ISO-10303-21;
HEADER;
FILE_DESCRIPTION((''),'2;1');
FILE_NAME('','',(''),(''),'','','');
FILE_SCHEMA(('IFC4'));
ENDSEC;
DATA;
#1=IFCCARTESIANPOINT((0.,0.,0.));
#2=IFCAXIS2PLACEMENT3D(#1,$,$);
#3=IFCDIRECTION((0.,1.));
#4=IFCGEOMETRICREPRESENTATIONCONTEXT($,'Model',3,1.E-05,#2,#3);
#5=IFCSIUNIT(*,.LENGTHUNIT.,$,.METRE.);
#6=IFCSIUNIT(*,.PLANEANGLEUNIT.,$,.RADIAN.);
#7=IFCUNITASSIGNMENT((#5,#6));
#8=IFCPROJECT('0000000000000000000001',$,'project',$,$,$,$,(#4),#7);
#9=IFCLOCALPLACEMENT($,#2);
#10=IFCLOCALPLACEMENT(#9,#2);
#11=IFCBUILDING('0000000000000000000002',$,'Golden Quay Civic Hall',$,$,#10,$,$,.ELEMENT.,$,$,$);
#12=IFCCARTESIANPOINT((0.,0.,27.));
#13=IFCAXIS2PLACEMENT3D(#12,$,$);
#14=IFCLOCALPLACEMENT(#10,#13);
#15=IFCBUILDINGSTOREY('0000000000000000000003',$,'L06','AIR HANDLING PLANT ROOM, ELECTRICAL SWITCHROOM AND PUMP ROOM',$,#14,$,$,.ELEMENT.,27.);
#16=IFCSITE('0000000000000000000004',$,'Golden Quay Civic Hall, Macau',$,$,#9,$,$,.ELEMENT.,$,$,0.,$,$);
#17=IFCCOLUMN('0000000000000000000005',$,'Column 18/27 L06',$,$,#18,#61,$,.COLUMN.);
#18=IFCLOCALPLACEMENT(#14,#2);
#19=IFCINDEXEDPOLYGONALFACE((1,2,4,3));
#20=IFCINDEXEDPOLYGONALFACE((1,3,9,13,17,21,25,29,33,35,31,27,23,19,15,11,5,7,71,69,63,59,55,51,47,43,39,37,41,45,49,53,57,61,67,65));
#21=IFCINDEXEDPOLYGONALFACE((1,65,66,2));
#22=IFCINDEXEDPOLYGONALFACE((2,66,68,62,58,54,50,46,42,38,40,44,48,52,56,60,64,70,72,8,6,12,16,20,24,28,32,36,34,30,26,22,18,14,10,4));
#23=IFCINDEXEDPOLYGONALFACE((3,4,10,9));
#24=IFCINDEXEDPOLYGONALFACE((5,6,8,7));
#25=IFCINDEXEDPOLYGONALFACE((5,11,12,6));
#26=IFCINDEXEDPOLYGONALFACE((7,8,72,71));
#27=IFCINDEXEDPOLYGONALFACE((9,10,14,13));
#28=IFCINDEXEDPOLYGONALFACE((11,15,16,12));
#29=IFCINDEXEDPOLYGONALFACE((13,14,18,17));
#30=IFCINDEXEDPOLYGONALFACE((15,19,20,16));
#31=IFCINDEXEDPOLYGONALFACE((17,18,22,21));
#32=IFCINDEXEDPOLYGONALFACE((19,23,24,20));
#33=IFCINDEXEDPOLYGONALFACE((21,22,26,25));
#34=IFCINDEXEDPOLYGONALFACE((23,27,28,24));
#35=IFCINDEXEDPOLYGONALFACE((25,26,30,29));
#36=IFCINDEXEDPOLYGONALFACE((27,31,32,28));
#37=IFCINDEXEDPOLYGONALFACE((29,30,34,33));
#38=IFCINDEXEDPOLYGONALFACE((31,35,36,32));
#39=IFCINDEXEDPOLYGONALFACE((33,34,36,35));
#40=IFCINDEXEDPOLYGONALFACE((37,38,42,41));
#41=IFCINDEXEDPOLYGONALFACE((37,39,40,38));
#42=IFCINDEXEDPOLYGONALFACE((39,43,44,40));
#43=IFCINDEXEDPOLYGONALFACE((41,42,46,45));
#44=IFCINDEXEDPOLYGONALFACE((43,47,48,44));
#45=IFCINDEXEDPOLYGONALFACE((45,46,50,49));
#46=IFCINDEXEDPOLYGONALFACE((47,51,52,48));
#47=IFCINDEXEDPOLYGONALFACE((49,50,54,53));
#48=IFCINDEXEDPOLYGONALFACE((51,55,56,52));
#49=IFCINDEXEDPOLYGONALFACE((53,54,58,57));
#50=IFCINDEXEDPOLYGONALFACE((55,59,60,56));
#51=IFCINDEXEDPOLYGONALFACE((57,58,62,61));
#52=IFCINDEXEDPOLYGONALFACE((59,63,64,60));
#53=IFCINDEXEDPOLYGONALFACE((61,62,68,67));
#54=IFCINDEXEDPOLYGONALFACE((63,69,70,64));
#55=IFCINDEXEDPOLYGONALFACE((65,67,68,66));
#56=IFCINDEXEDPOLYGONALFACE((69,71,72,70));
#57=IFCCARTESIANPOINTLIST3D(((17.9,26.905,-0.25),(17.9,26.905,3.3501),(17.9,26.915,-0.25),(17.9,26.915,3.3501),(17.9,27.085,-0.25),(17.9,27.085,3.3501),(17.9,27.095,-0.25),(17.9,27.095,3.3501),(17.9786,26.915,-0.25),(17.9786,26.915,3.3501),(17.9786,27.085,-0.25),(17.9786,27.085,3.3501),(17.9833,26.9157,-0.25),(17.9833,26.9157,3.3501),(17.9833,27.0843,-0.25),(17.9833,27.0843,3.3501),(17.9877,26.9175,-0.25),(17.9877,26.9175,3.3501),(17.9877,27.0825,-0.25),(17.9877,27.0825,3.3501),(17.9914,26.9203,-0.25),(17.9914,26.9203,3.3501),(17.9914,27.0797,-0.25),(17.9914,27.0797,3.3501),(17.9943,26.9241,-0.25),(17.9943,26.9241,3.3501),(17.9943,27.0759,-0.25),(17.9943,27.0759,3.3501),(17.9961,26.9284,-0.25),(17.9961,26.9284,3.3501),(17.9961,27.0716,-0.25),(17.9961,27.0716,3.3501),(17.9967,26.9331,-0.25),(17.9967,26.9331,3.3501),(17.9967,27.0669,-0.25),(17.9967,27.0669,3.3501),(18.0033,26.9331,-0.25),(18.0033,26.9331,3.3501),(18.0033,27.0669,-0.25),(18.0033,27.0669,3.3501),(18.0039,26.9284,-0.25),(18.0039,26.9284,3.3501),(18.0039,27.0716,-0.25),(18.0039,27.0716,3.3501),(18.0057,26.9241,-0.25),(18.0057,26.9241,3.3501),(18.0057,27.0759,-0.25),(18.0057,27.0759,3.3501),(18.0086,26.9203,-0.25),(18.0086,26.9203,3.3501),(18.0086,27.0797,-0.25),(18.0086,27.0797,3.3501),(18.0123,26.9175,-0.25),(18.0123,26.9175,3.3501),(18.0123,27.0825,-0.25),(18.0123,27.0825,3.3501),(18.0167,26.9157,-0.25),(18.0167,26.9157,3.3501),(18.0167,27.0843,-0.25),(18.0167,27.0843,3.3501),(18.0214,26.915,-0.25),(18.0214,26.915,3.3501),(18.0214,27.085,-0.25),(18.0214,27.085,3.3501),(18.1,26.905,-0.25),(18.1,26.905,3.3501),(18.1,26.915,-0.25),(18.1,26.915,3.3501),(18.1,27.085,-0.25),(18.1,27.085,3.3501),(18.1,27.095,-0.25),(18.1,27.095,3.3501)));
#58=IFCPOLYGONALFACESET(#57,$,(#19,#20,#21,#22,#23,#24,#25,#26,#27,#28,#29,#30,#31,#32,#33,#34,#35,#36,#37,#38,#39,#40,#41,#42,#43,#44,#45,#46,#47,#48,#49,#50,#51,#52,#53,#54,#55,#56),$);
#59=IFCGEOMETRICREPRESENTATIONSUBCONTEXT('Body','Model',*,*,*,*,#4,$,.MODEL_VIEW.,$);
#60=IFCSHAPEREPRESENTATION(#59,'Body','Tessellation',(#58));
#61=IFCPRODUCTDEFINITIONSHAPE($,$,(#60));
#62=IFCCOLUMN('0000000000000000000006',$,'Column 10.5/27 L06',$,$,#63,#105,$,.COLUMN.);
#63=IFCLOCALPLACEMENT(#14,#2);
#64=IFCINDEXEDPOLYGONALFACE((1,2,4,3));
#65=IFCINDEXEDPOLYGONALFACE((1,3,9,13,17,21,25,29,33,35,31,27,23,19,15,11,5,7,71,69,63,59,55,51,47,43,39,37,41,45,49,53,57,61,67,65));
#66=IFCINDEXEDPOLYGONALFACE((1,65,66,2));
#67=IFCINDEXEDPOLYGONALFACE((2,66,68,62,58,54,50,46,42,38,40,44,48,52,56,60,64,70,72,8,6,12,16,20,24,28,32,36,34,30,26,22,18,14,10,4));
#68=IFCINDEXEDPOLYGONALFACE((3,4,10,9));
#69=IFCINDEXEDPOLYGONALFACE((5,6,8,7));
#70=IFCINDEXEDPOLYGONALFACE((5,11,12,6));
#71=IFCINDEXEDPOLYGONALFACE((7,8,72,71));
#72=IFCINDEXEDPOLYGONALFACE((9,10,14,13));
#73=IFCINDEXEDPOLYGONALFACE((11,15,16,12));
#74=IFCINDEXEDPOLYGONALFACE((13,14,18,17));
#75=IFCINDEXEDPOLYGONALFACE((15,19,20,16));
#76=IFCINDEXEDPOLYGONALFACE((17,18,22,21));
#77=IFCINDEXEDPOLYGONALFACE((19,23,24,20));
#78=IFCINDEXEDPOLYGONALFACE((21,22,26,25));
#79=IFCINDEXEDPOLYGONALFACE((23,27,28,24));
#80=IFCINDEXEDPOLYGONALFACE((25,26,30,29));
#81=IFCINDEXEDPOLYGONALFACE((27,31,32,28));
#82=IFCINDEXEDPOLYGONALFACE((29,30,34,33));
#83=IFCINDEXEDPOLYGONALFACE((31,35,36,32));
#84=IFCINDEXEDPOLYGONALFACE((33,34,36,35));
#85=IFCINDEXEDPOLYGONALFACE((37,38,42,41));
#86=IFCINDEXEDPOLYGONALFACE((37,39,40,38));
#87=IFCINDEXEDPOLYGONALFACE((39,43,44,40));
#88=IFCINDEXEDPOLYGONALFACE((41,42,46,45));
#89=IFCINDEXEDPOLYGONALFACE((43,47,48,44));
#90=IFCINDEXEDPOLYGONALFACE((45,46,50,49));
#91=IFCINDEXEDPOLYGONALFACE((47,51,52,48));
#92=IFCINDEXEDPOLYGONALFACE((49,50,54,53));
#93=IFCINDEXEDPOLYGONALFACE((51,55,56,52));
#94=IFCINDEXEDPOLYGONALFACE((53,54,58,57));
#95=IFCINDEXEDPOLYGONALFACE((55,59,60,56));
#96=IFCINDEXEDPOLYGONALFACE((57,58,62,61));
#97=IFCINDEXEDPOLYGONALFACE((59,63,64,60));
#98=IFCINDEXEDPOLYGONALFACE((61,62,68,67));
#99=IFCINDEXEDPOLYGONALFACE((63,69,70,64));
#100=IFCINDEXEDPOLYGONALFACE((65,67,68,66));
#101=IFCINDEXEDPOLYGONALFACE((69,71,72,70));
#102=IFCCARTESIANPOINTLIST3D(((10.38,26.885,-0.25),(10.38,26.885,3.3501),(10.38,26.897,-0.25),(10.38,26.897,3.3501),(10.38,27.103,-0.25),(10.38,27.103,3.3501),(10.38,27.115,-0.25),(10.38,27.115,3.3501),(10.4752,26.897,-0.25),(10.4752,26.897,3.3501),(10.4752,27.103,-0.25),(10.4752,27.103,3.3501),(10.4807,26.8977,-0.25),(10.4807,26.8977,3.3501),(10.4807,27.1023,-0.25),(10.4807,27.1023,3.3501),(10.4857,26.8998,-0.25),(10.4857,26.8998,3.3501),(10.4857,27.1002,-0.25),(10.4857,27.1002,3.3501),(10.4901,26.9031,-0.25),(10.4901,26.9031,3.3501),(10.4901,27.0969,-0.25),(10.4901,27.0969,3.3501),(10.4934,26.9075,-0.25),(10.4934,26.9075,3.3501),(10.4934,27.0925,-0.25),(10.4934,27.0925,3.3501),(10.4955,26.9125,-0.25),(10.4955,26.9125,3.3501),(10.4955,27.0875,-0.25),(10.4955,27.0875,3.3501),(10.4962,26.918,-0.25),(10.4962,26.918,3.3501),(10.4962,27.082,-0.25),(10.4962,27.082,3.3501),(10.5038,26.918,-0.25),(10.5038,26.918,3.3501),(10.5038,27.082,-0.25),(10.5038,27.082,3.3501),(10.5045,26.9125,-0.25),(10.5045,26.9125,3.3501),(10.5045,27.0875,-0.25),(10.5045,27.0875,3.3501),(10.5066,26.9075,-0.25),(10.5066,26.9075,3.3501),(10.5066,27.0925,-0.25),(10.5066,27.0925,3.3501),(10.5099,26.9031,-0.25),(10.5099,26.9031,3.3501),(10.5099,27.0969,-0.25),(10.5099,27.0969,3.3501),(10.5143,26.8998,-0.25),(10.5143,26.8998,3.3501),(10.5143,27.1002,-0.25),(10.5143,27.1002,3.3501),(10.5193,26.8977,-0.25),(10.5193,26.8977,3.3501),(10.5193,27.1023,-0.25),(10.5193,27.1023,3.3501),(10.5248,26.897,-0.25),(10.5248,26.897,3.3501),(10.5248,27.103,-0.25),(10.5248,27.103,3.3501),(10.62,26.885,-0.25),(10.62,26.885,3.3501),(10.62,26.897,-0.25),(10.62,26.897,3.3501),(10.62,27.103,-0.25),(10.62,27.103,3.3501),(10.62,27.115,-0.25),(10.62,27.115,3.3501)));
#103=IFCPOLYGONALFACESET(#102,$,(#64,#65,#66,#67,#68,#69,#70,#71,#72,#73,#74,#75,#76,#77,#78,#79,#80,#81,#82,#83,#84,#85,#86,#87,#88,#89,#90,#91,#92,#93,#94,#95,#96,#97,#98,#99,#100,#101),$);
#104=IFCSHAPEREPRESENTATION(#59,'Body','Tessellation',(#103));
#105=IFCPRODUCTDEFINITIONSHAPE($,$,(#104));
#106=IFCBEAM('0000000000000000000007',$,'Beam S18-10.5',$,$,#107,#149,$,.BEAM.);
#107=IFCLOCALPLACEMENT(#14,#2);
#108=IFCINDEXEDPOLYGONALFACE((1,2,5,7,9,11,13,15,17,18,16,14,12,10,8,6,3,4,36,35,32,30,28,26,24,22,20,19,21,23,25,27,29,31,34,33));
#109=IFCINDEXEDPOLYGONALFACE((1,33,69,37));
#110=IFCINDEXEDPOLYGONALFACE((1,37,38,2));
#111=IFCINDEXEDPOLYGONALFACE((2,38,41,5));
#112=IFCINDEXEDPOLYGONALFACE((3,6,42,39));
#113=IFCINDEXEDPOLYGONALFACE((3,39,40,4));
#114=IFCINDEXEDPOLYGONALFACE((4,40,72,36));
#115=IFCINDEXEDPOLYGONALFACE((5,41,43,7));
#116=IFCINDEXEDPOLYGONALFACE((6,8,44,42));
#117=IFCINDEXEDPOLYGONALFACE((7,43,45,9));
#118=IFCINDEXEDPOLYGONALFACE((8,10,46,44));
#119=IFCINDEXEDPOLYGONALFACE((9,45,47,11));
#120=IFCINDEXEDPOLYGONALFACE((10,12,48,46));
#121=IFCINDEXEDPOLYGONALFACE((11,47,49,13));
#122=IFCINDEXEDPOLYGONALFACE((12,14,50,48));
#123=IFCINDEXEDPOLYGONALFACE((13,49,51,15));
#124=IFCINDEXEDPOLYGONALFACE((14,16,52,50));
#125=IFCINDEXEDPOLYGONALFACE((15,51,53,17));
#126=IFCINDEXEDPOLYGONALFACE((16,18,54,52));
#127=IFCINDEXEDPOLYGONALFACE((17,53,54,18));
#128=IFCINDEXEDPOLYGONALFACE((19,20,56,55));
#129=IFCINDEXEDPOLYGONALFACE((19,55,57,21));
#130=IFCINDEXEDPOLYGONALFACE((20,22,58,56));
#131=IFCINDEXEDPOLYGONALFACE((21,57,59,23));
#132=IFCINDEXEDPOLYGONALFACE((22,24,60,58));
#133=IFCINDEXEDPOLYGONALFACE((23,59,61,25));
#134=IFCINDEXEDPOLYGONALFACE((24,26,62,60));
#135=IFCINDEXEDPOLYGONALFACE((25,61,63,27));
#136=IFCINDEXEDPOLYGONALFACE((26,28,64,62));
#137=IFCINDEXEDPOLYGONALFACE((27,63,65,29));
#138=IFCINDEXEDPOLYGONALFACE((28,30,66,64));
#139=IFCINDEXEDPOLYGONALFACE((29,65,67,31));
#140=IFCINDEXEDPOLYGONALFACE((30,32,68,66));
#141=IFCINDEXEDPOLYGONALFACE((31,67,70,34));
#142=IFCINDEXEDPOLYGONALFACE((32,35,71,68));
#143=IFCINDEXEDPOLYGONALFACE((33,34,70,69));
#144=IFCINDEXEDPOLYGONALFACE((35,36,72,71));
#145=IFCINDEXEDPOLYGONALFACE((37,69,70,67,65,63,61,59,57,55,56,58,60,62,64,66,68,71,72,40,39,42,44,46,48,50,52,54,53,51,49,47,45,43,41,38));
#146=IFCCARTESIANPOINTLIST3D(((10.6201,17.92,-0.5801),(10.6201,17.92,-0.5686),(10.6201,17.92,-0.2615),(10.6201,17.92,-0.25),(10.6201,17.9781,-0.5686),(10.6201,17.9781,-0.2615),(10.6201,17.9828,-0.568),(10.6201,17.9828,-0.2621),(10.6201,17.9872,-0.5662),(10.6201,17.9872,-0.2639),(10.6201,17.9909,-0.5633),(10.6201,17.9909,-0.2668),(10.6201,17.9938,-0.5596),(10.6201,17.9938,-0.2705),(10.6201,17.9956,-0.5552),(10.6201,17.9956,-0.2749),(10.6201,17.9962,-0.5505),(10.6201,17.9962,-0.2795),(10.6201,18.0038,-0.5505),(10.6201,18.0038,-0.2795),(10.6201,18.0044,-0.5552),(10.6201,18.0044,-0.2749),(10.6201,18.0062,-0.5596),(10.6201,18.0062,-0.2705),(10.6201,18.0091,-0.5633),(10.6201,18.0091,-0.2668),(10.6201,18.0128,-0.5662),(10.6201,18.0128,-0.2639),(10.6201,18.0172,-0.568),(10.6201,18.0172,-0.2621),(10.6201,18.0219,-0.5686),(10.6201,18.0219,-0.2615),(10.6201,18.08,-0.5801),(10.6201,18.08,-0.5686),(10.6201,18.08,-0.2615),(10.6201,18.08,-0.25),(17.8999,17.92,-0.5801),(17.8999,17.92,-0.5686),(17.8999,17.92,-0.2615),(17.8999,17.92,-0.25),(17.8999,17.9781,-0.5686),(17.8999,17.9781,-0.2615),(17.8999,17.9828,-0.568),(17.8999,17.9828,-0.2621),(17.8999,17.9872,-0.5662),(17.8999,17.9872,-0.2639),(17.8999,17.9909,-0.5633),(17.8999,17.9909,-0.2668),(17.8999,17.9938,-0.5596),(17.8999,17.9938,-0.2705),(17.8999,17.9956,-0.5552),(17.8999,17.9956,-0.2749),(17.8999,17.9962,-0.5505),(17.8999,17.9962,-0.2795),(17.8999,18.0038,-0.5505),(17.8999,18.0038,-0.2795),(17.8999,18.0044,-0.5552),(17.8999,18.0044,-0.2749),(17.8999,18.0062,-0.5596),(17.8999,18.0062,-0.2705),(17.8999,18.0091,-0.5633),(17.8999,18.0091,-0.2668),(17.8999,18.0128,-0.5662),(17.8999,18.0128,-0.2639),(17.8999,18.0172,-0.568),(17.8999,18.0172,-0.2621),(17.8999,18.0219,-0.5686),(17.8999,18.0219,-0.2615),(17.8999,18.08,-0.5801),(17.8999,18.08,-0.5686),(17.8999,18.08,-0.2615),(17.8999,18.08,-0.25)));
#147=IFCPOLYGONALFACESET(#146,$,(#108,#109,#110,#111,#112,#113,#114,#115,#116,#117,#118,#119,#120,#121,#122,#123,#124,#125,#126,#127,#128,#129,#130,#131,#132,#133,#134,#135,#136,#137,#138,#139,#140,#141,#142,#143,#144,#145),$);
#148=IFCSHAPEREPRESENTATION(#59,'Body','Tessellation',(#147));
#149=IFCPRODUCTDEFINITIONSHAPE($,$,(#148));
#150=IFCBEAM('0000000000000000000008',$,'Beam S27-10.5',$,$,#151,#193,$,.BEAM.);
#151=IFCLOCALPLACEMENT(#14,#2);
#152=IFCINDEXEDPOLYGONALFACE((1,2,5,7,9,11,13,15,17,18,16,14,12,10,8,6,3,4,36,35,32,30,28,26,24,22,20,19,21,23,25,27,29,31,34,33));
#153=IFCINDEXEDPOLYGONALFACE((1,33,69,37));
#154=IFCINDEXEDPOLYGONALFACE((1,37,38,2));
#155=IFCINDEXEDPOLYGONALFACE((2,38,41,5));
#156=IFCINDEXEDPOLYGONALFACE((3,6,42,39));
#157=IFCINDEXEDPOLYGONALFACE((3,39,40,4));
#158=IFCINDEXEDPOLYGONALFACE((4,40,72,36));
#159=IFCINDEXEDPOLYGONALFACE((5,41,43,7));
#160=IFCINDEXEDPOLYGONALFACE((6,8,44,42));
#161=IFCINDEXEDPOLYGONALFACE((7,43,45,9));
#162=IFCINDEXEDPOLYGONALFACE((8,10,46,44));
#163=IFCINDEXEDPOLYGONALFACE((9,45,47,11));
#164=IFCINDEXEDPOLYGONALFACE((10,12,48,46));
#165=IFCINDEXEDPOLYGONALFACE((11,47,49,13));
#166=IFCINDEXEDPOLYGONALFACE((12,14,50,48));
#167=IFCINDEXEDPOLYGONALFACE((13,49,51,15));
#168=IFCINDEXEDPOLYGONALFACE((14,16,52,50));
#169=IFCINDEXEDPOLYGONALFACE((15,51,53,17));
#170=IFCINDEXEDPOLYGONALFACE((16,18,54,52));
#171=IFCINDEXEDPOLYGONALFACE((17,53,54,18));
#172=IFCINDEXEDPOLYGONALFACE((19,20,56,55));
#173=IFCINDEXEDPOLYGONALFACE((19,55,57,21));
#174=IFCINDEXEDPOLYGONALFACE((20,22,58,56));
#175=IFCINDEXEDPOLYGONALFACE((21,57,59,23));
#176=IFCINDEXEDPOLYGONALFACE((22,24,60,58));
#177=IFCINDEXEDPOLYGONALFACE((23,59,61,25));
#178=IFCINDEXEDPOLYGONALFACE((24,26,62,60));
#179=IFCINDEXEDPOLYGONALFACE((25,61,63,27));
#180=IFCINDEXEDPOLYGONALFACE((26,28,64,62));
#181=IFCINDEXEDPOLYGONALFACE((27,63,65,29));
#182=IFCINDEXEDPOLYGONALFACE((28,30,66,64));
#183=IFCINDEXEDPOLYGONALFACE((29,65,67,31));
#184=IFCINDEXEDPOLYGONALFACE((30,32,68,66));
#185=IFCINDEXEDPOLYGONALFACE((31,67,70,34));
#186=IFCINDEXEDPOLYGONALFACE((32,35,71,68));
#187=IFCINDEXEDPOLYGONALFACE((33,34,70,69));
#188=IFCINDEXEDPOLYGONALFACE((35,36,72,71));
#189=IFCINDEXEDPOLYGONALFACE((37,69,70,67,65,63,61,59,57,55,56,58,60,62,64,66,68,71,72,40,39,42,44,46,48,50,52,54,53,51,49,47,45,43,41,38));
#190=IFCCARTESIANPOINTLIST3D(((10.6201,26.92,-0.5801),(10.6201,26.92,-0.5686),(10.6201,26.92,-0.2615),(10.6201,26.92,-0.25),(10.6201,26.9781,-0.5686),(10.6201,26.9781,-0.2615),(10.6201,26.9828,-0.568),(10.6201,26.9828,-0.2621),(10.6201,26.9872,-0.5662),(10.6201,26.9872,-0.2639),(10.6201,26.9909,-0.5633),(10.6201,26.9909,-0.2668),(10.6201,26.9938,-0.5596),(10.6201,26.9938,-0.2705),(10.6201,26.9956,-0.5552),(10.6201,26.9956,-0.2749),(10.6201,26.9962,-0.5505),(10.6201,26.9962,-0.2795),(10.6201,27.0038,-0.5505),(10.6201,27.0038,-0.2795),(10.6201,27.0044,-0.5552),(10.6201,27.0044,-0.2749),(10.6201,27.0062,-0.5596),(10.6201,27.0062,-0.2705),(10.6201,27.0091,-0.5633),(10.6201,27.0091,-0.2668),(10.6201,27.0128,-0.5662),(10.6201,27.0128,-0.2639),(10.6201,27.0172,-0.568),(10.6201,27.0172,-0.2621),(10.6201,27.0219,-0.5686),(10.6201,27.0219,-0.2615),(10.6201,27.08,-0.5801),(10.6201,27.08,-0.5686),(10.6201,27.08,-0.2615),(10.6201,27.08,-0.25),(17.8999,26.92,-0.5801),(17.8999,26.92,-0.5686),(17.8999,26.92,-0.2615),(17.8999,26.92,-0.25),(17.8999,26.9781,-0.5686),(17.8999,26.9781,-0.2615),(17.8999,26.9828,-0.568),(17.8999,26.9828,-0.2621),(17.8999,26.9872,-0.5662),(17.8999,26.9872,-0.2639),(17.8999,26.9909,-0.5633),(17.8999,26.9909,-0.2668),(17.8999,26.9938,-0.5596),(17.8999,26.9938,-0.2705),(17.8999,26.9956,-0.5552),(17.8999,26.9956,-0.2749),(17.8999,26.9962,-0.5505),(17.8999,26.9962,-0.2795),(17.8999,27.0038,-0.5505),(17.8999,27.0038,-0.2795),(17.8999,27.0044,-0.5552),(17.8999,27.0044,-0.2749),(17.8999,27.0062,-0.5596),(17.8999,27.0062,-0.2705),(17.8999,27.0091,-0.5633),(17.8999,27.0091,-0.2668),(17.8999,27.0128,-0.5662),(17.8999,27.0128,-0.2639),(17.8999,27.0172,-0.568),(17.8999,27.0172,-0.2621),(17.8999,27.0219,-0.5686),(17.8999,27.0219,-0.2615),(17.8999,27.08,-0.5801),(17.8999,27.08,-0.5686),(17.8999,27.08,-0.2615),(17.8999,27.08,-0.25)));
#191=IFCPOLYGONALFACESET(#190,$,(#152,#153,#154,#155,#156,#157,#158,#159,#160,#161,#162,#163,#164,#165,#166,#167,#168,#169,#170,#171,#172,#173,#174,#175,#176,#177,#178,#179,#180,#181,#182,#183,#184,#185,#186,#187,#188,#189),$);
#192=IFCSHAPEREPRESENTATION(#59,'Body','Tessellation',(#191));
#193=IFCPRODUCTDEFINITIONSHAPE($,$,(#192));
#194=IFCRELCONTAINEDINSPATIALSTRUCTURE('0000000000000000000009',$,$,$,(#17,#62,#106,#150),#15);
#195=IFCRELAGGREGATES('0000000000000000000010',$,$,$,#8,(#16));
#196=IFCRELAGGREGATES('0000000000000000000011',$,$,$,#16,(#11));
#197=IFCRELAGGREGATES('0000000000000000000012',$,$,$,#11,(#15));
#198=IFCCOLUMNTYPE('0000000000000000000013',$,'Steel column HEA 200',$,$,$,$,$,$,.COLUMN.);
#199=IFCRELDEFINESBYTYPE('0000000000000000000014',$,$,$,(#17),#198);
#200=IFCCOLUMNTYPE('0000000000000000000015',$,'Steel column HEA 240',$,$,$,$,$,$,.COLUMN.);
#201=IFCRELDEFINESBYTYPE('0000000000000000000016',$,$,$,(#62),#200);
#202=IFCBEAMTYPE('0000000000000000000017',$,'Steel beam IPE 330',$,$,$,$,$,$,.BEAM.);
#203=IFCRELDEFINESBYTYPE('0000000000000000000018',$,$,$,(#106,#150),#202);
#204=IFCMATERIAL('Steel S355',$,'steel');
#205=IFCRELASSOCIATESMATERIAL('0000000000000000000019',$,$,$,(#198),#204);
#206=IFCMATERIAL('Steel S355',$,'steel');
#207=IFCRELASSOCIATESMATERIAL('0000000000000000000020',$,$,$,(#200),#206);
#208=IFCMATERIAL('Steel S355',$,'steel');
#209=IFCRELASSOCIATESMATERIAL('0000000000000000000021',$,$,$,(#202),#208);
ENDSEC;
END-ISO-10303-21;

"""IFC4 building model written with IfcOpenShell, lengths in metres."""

from ifc_helpers import new_model, si_unit, direction, frame, origin, origin_2d, place, context, subcontext, project, spatial, i_section, extrude, material, material_profile, profile_set, type_object, element, save


model = new_model("IFC4")

# Units and contexts
model_context = context("Model", 3, precision=1e-05, world=origin(), true_north=direction((0.0, 1.0)))
body_context = subcontext(model_context, "Body", "Model", "MODEL_VIEW")
ifc_project = project(units=[si_unit("LENGTHUNIT", "METRE"), si_unit("PLANEANGLEUNIT", "RADIAN")], contexts=[model_context])

# Site, building, storey
site_placement = place(None, origin())
site = spatial("IfcSite", under=ifc_project, at=site_placement, Name="Golden Quay Civic Hall, Macau", CompositionType="ELEMENT", RefElevation=0.0)
building_placement = place(site_placement, origin())
building = spatial("IfcBuilding", under=site, at=building_placement, Name="Golden Quay Civic Hall", CompositionType="ELEMENT")
storey_placement = place(building_placement, frame((0.0, 0.0, 27.0)))
storey = spatial("IfcBuildingStorey", under=building, at=storey_placement, Name="L06", Description="AIR HANDLING PLANT ROOM, ELECTRICAL SWITCHROOM AND PUMP ROOM", CompositionType="ELEMENT", Elevation=27.0)

# Columns
ifc_material_1 = material(Name="Steel S355", Category="steel")
ifc_material_profile_1 = material_profile(ifc_material_1, i_section(OverallWidth=0.2, OverallDepth=0.1899, WebThickness=0.0066, FlangeThickness=0.01, FilletRadius=0.0181, at=origin_2d()), Name="HEA 200")
ifc_profile_set_1 = profile_set([ifc_material_profile_1], Name="Steel S355")
column_type_1 = type_object("IfcColumnType", Name="Steel column HEA 200", PredefinedType="COLUMN", material=ifc_profile_set_1)
column_1_placement = place(storey_placement, frame((18.0, 27.0, -0.25), z_axis=(0.0, 0.0, 1.0), x_axis=(1.0, 0.0, 0.0)))
element("IfcColumn", 1, at=column_1_placement, inside=storey, type_object=column_type_1, Name="Column 18/27 L06", PredefinedType="COLUMN", context=body_context, shape_type="SweptSolid", body=[
    extrude(i_section(OverallWidth=0.2, OverallDepth=0.1899, WebThickness=0.0066, FlangeThickness=0.01, FilletRadius=0.0181, at=origin_2d()), origin(), (0.0, 0.0, 1.0), 3.6001),
])
ifc_material_2 = material(Name="Steel S355", Category="steel")
ifc_material_profile_2 = material_profile(ifc_material_2, i_section(OverallWidth=0.24, OverallDepth=0.23, WebThickness=0.0076, FlangeThickness=0.012, FilletRadius=0.021, at=origin_2d()), Name="HEA 240")
ifc_profile_set_2 = profile_set([ifc_material_profile_2], Name="Steel S355")
column_type_2 = type_object("IfcColumnType", Name="Steel column HEA 240", PredefinedType="COLUMN", material=ifc_profile_set_2)
column_2_placement = place(storey_placement, frame((10.5, 27.0, -0.25), z_axis=(0.0, 0.0, 1.0), x_axis=(1.0, 0.0, 0.0)))
element("IfcColumn", 2, at=column_2_placement, inside=storey, type_object=column_type_2, Name="Column 10.5/27 L06", PredefinedType="COLUMN", context=body_context, shape_type="SweptSolid", body=[
    extrude(i_section(OverallWidth=0.24, OverallDepth=0.23, WebThickness=0.0076, FlangeThickness=0.012, FilletRadius=0.021, at=origin_2d()), origin(), (0.0, 0.0, 1.0), 3.6001),
])

# Beams
ifc_material_3 = material(Name="Steel S355", Category="steel")
ifc_material_profile_3 = material_profile(ifc_material_3, i_section(OverallWidth=0.1599, OverallDepth=0.3301, WebThickness=0.0076, FlangeThickness=0.0115, FilletRadius=0.0181, at=origin_2d()), Name="IPE 330")
ifc_profile_set_3 = profile_set([ifc_material_profile_3], Name="Steel S355")
beam_type_1 = type_object("IfcBeamType", Name="Steel beam IPE 330", PredefinedType="BEAM", material=ifc_profile_set_3)
for number, where, z_axis, x_axis, name in (
    (3, (10.6201, 18.0, -0.415), (1.0, 0.0, 0.0), (0.0, 1.0, 0.0), "Beam S18-10.5"),
    (4, (10.6201, 27.0, -0.415), (1.0, 0.0, 0.0), (0.0, 1.0, 0.0), "Beam S27-10.5"),
):
    element("IfcBeam", number, at=place(storey_placement, frame(where, z_axis=z_axis, x_axis=x_axis)), inside=storey, type_object=beam_type_1, Name=name, PredefinedType="BEAM", context=body_context, shape_type="SweptSolid", body=[
        extrude(i_section(OverallWidth=0.1599, OverallDepth=0.3301, WebThickness=0.0076, FlangeThickness=0.0115, FilletRadius=0.0181, at=origin_2d()), origin(), (0.0, 0.0, 1.0), 7.2798),
    ])

save(model, "model.ifc")
